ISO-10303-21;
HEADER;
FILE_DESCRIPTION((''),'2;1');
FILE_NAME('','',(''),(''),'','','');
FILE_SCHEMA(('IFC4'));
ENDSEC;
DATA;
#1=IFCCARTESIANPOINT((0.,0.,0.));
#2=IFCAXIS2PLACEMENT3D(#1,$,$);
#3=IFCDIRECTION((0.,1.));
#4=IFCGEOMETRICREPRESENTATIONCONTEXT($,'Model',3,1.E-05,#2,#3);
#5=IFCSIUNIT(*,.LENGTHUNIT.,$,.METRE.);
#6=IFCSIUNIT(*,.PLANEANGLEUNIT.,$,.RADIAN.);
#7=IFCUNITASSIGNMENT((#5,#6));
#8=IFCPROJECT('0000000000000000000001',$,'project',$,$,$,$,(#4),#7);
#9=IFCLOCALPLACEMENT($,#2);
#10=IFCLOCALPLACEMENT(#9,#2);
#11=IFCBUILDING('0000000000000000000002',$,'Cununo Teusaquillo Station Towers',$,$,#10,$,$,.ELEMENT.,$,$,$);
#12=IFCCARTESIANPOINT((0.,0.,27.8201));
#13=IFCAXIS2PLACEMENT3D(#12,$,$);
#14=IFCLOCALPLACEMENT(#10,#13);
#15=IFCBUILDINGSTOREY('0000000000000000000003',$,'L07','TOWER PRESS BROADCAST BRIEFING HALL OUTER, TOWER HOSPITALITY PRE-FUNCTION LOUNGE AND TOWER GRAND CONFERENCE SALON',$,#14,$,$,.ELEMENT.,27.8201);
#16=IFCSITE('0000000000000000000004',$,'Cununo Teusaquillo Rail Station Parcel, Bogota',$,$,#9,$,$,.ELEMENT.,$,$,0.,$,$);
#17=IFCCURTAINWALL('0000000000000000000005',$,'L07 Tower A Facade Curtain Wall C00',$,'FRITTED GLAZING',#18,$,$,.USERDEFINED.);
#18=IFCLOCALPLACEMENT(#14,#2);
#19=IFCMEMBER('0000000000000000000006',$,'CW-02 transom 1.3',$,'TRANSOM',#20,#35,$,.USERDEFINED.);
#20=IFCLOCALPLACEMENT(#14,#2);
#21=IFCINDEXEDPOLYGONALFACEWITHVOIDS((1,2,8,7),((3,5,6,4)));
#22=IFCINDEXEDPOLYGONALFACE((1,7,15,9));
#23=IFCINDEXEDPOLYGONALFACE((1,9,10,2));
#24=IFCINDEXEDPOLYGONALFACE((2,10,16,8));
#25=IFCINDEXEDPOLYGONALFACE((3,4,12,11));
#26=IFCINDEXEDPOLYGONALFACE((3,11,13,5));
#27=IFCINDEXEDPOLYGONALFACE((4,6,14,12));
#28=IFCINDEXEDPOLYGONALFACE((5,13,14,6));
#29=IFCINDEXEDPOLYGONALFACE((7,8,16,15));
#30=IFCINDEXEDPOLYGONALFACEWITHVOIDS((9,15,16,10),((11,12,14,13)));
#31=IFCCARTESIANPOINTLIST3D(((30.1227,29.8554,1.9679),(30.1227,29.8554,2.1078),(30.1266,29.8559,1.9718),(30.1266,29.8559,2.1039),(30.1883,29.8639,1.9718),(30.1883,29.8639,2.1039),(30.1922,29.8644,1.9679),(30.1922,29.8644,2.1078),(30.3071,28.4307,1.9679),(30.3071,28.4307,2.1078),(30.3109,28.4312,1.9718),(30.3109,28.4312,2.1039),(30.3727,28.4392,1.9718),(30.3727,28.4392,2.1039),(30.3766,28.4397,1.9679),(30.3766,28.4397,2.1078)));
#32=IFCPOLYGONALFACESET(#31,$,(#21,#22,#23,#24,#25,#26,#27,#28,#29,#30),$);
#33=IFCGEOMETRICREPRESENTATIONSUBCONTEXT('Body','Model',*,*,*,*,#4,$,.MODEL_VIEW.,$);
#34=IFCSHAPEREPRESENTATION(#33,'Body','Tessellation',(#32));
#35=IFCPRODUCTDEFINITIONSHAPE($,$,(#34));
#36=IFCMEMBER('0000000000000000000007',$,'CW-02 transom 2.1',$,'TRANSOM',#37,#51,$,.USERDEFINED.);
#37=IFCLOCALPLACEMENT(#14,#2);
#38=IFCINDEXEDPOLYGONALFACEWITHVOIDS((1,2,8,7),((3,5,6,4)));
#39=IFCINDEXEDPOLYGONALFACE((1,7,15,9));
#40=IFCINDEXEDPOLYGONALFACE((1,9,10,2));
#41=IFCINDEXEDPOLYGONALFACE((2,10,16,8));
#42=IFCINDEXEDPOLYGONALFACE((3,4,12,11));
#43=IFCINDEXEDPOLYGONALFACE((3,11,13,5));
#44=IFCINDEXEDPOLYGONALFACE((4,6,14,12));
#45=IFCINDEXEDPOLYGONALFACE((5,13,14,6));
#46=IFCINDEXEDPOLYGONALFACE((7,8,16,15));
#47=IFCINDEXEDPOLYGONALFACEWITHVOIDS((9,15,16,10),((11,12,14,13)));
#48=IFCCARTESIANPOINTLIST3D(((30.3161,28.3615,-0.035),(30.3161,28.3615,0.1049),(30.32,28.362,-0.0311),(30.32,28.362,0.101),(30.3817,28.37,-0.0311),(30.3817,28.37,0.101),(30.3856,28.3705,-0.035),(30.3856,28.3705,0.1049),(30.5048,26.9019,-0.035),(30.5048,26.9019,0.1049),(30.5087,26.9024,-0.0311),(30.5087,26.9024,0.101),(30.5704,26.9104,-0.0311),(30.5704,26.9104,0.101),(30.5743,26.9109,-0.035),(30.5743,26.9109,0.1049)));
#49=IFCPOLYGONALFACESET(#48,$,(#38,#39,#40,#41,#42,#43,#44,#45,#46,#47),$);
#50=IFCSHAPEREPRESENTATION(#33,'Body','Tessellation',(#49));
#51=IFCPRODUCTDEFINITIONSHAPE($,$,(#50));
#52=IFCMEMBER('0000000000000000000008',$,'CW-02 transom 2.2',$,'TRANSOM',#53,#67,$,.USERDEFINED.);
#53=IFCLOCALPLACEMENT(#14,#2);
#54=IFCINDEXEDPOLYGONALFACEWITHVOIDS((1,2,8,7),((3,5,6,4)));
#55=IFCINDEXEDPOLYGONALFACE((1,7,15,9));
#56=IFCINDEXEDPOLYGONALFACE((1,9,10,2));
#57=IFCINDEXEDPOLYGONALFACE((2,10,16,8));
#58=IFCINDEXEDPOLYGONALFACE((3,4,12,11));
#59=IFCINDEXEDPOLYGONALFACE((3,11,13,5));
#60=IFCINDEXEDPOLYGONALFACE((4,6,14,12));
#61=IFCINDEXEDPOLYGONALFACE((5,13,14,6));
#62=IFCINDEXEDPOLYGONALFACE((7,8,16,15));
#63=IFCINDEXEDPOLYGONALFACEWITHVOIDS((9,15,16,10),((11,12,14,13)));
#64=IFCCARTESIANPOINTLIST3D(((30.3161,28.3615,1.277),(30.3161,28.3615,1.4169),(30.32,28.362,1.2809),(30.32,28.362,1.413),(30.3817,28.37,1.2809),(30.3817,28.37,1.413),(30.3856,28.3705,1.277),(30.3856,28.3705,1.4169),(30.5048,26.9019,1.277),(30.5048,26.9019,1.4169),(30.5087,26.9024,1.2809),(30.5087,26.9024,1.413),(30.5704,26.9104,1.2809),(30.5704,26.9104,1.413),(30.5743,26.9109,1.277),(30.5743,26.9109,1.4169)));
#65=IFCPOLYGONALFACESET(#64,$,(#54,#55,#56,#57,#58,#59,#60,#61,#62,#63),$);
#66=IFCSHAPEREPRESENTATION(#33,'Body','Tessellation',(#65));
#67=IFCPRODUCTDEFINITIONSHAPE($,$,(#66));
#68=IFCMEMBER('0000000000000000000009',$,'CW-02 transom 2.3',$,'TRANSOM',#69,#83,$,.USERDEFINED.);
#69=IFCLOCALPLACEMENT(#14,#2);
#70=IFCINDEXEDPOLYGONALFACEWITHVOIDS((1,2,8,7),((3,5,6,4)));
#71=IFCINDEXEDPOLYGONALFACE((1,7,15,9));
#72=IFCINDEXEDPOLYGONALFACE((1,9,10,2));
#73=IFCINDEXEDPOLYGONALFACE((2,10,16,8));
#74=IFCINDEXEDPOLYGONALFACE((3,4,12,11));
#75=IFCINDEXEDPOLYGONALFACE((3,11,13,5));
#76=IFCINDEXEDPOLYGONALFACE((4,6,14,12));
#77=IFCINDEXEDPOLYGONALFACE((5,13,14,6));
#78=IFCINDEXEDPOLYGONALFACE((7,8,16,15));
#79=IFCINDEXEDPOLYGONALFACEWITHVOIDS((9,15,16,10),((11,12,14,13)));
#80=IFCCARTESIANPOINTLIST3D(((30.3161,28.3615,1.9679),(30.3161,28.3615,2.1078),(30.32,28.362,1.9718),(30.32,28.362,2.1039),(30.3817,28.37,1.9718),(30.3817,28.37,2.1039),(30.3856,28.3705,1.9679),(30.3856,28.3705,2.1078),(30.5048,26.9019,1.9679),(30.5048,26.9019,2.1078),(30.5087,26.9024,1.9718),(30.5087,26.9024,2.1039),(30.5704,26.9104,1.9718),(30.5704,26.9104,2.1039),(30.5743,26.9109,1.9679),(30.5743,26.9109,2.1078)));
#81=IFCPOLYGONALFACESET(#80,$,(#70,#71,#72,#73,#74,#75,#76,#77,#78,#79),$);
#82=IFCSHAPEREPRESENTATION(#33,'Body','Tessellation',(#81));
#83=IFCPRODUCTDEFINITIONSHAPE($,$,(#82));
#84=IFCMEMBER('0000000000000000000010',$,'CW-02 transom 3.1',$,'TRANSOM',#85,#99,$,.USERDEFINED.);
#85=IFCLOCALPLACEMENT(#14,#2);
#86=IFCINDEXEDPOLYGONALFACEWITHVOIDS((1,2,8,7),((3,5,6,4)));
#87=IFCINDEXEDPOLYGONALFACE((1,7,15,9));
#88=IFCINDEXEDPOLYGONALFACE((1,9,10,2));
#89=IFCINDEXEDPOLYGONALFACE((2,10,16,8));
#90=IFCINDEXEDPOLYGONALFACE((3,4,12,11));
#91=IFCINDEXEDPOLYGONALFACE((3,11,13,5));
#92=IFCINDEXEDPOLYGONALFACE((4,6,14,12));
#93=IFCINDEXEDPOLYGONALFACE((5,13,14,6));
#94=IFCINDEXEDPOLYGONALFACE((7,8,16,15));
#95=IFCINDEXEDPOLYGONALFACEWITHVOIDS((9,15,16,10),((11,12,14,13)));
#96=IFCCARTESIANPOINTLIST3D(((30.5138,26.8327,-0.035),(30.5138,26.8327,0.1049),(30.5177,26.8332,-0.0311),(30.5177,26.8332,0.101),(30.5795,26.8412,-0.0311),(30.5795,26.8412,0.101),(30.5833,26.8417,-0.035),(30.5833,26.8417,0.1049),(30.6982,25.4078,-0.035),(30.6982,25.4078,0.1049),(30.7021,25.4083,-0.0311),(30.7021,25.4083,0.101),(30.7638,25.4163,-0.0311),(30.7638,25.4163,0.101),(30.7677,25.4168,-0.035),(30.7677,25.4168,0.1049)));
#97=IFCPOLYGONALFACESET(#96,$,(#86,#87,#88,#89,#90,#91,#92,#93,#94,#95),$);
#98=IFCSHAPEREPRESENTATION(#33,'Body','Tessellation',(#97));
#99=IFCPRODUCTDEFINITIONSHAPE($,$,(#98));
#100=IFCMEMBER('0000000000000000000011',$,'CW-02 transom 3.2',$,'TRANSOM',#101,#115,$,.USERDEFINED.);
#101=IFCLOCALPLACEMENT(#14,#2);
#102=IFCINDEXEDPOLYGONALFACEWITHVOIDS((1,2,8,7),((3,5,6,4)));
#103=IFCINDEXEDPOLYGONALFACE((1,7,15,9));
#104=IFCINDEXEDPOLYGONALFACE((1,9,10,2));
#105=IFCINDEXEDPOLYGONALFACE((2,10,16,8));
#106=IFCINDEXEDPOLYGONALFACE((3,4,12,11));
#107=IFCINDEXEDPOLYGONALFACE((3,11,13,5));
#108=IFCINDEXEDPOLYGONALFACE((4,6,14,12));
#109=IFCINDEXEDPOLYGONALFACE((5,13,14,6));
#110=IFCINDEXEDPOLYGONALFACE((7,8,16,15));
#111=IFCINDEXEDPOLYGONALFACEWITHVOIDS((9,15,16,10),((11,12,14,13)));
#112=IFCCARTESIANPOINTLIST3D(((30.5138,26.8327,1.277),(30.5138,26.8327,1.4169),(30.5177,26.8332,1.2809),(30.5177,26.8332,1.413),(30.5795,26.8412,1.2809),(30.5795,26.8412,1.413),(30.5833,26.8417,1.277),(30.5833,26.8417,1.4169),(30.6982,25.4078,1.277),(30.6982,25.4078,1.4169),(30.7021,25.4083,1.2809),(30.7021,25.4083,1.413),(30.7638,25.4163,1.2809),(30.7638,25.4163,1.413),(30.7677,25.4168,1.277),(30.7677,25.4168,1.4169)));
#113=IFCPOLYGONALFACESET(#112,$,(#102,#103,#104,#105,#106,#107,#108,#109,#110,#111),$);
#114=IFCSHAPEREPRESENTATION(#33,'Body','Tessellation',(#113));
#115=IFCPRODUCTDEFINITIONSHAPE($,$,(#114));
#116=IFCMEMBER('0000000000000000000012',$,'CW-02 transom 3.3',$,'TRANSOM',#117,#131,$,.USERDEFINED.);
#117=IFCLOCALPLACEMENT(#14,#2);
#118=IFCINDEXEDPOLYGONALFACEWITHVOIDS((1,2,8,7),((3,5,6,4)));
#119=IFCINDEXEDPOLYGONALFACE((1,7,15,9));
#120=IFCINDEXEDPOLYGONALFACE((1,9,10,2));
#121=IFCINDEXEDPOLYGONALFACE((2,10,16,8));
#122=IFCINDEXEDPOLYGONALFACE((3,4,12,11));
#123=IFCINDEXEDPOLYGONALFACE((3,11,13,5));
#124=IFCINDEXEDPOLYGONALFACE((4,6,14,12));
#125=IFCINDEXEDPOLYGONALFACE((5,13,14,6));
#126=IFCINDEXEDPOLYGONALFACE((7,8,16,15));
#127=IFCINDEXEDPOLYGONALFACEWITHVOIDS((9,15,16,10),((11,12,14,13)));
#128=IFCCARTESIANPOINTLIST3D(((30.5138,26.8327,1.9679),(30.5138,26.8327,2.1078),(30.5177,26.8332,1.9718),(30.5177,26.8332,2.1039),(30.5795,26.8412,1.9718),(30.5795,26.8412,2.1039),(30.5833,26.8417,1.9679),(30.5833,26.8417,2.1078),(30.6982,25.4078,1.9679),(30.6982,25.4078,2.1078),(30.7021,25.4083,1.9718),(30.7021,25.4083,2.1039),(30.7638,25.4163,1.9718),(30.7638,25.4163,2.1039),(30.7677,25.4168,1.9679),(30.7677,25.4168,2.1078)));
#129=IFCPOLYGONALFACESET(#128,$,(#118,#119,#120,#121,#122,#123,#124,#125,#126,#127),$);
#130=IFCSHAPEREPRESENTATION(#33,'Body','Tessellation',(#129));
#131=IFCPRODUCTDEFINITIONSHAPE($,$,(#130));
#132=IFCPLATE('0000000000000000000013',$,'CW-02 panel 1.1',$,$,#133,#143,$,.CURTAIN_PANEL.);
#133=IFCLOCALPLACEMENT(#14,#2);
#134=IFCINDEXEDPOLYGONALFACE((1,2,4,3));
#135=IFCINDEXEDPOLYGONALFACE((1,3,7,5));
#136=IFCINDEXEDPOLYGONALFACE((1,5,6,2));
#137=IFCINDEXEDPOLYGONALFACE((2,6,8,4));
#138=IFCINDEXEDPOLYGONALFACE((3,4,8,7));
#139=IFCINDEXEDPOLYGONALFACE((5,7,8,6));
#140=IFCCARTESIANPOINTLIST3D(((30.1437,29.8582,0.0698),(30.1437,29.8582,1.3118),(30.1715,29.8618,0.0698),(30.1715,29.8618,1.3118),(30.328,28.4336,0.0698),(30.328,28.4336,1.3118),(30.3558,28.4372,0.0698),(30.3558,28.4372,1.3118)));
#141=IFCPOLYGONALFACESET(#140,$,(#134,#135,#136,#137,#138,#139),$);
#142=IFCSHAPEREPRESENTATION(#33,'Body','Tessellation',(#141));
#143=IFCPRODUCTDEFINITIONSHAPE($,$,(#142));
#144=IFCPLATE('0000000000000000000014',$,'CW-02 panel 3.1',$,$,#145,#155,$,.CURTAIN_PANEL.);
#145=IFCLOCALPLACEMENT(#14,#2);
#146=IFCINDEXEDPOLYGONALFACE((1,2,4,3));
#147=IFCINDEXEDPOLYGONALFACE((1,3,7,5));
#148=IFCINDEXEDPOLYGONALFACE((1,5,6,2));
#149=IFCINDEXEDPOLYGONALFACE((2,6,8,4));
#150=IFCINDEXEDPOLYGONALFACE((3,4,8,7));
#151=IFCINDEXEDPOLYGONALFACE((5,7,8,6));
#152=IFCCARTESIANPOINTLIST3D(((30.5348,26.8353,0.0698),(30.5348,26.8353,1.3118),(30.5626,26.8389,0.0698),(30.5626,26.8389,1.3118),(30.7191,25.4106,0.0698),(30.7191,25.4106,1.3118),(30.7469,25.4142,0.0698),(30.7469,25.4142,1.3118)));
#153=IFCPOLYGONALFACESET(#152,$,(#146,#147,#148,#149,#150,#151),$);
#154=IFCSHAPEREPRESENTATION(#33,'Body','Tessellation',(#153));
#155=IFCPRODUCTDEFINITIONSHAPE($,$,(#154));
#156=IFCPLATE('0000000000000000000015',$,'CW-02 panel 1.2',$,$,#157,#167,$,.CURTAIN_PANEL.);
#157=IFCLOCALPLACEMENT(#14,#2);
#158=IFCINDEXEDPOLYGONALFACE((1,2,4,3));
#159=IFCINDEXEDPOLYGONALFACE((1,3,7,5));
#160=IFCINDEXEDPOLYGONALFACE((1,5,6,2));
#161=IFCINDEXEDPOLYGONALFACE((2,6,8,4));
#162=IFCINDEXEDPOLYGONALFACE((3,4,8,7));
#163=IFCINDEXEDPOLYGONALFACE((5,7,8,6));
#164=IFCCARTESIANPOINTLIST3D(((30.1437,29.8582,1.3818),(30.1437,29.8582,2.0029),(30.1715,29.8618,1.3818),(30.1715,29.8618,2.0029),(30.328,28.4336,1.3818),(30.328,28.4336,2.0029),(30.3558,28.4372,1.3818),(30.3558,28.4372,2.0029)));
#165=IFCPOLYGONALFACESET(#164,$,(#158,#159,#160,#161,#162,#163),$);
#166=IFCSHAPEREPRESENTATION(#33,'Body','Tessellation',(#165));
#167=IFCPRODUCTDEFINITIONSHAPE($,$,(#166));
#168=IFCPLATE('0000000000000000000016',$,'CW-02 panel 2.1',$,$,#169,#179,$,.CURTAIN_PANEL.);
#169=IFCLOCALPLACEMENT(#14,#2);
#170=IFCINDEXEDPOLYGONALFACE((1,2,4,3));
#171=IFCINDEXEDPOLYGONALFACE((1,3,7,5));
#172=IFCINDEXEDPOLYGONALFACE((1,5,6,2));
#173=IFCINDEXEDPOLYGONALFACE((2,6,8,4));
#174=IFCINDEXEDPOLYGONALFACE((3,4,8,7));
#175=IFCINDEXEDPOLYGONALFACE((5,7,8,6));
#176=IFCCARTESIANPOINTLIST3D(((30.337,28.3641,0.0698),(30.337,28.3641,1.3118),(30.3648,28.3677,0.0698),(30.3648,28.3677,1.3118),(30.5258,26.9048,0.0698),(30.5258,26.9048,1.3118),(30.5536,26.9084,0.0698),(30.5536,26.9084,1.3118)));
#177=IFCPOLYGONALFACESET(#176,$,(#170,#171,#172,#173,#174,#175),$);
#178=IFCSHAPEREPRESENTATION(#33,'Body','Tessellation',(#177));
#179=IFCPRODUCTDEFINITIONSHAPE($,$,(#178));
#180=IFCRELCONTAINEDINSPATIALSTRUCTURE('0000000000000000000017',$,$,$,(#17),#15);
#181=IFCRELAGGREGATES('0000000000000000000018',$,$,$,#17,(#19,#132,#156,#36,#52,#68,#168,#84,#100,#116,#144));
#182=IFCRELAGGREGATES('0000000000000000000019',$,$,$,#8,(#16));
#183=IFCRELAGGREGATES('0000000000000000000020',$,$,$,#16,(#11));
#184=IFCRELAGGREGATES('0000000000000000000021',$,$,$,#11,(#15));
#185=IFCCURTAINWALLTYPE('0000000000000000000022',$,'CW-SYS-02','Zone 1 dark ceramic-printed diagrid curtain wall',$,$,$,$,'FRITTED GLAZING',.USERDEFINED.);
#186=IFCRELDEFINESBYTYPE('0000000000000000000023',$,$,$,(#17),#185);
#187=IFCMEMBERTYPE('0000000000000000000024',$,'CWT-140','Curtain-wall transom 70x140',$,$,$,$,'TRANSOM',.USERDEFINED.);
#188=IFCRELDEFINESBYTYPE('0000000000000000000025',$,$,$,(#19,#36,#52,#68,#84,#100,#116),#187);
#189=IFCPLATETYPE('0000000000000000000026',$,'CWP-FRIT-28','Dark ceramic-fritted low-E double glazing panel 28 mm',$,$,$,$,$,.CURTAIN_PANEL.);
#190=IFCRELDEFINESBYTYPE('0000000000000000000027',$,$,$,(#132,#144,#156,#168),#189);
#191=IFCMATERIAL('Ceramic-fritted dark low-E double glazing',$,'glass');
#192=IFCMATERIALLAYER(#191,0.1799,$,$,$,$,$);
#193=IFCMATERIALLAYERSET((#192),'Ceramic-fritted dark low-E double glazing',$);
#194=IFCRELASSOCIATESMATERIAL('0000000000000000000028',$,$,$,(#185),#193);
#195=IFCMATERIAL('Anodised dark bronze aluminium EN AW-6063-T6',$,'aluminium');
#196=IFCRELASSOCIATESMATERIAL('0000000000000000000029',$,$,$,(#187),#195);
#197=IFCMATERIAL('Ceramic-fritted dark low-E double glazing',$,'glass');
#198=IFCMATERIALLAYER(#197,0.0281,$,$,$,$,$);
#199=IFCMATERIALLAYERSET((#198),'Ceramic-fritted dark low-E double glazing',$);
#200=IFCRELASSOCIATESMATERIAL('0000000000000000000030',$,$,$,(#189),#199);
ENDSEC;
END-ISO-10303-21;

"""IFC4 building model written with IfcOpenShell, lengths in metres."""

from ifc_helpers import new_model, si_unit, direction, frame, origin, origin_2d, place, context, subcontext, project, spatial, rectangle, hollow_rectangle, extrude, source, transform, mapped, material, layer, layer_set, material_profile, profile_set, type_object, element, aggregate, save


model = new_model("IFC4")

# Units and contexts
model_context = context("Model", 3, precision=1e-05, world=origin(), true_north=direction((0.0, 1.0)))
body_context = subcontext(model_context, "Body", "Model", "MODEL_VIEW")
ifc_project = project(units=[si_unit("LENGTHUNIT", "METRE"), si_unit("PLANEANGLEUNIT", "RADIAN")], contexts=[model_context])

# Site, building, storey
site_placement = place(None, origin())
site = spatial("IfcSite", under=ifc_project, at=site_placement, Name="Cununo Teusaquillo Rail Station Parcel, Bogota", CompositionType="ELEMENT", RefElevation=0.0)
building_placement = place(site_placement, origin())
building = spatial("IfcBuilding", under=site, at=building_placement, Name="Cununo Teusaquillo Station Towers", CompositionType="ELEMENT")
storey_placement = place(building_placement, frame((0.0, 0.0, 27.8201)))
storey = spatial("IfcBuildingStorey", under=building, at=storey_placement, Name="L07", Description="TOWER PRESS BROADCAST BRIEFING HALL OUTER, TOWER HOSPITALITY PRE-FUNCTION LOUNGE AND TOWER GRAND CONFERENCE SALON", CompositionType="ELEMENT", Elevation=27.8201)

# Curtain wall, members, plates
ifc_material_1 = material(Name="Ceramic-fritted dark low-E double glazing", Category="glass")
ifc_layer_1 = layer(ifc_material_1, 0.1799)
ifc_layer_set_1 = layer_set([ifc_layer_1], Name="Ceramic-fritted dark low-E double glazing")
curtain_wall_type = type_object("IfcCurtainWallType", Name="CW-SYS-02", Description="Zone 1 dark ceramic-printed diagrid curtain wall", ElementType="FRITTED GLAZING", PredefinedType="USERDEFINED", material=ifc_layer_set_1)
curtain_wall_placement = place(storey_placement, origin())
curtain_wall = element("IfcCurtainWall", 1, at=curtain_wall_placement, inside=storey, type_object=curtain_wall_type, Name="L07 Tower A Facade Curtain Wall C00", ObjectType="FRITTED GLAZING", PredefinedType="USERDEFINED")
ifc_material_2 = material(Name="Anodised dark bronze aluminium EN AW-6063-T6", Category="aluminium")
ifc_material_profile_1 = material_profile(ifc_material_2, hollow_rectangle(XDim=0.0701, YDim=0.1399, WallThickness=0.0039, at=origin_2d()), Name="CW-TRAN-70x140")
ifc_profile_set_1 = profile_set([ifc_material_profile_1], Name="Anodised dark bronze aluminium EN AW-6063-T6")
member_type_1 = type_object("IfcMemberType", Name="CWT-140", Description="Curtain-wall transom 70x140", ElementType="TRANSOM", PredefinedType="USERDEFINED", material=ifc_profile_set_1)
member_1_placement = place(storey_placement, frame((30.1575, 29.8599, 2.0378), z_axis=(0.128322, -0.991733, 0.0), x_axis=(0.991733, 0.128322, 0.0)))
member_1 = element("IfcMember", 2, at=member_1_placement, type_object=member_type_1, Name="CW-02 transom 1.3", ObjectType="TRANSOM", PredefinedType="USERDEFINED", context=body_context, shape_type="SweptSolid", body=[
    extrude(hollow_rectangle(XDim=0.0701, YDim=0.1399, WallThickness=0.0039, at=origin_2d()), origin(), (0.0, 0.0, 1.0), 1.4365),
])
member_2_placement = place(storey_placement, frame((30.3508, 28.366, 0.0349), z_axis=(0.12824, -0.991743, 0.0), x_axis=(0.991743, 0.12824, 0.0)))
member_2 = element("IfcMember", 3, at=member_2_placement, type_object=member_type_1, Name="CW-02 transom 2.1", ObjectType="TRANSOM", PredefinedType="USERDEFINED", context=body_context, shape_type="SweptSolid", body=[
    extrude(hollow_rectangle(XDim=0.0701, YDim=0.1399, WallThickness=0.0039, at=origin_2d()), origin(), (0.0, 0.0, 1.0), 1.4717),
])
member_3_placement = place(storey_placement, frame((30.3508, 28.366, 1.3469), z_axis=(0.12824, -0.991743, 0.0), x_axis=(0.991743, 0.12824, 0.0)))
member_3 = element("IfcMember", 4, at=member_3_placement, type_object=member_type_1, Name="CW-02 transom 2.2", ObjectType="TRANSOM", PredefinedType="USERDEFINED", context=body_context, shape_type="SweptSolid", body=[
    extrude(hollow_rectangle(XDim=0.0701, YDim=0.1399, WallThickness=0.0039, at=origin_2d()), origin(), (0.0, 0.0, 1.0), 1.4717),
])
member_4_placement = place(storey_placement, frame((30.3508, 28.366, 2.0378), z_axis=(0.12824, -0.991743, 0.0), x_axis=(0.991743, 0.12824, 0.0)))
member_4 = element("IfcMember", 5, at=member_4_placement, type_object=member_type_1, Name="CW-02 transom 2.3", ObjectType="TRANSOM", PredefinedType="USERDEFINED", context=body_context, shape_type="SweptSolid", body=[
    extrude(hollow_rectangle(XDim=0.0701, YDim=0.1399, WallThickness=0.0039, at=origin_2d()), origin(), (0.0, 0.0, 1.0), 1.4717),
])
member_5_placement = place(storey_placement, frame((30.5486, 26.8372, 0.0349), z_axis=(0.1283, -0.991735, 0.0), x_axis=(0.991735, 0.1283, 0.0)))
member_5 = element("IfcMember", 6, at=member_5_placement, type_object=member_type_1, Name="CW-02 transom 3.1", ObjectType="TRANSOM", PredefinedType="USERDEFINED", context=body_context, shape_type="SweptSolid", body=[
    extrude(hollow_rectangle(XDim=0.0701, YDim=0.1399, WallThickness=0.0039, at=origin_2d()), origin(), (0.0, 0.0, 1.0), 1.4368),
])
member_6_placement = place(storey_placement, frame((30.5486, 26.8372, 1.3469), z_axis=(0.1283, -0.991735, 0.0), x_axis=(0.991735, 0.1283, 0.0)))
member_6 = element("IfcMember", 7, at=member_6_placement, type_object=member_type_1, Name="CW-02 transom 3.2", ObjectType="TRANSOM", PredefinedType="USERDEFINED", context=body_context, shape_type="SweptSolid", body=[
    extrude(hollow_rectangle(XDim=0.0701, YDim=0.1399, WallThickness=0.0039, at=origin_2d()), origin(), (0.0, 0.0, 1.0), 1.4368),
])
member_7_placement = place(storey_placement, frame((30.5486, 26.8372, 2.0378), z_axis=(0.1283, -0.991735, 0.0), x_axis=(0.991735, 0.1283, 0.0)))
member_7 = element("IfcMember", 8, at=member_7_placement, type_object=member_type_1, Name="CW-02 transom 3.3", ObjectType="TRANSOM", PredefinedType="USERDEFINED", context=body_context, shape_type="SweptSolid", body=[
    extrude(hollow_rectangle(XDim=0.0701, YDim=0.1399, WallThickness=0.0039, at=origin_2d()), origin(), (0.0, 0.0, 1.0), 1.4368),
])
ifc_material_3 = material(Name="Ceramic-fritted dark low-E double glazing", Category="glass")
ifc_layer_2 = layer(ifc_material_3, 0.0281)
ifc_layer_set_2 = layer_set([ifc_layer_2], Name="Ceramic-fritted dark low-E double glazing")
plate_type = type_object("IfcPlateType", Name="CWP-FRIT-28", Description="Dark ceramic-fritted low-E double glazing panel 28 mm", PredefinedType="CURTAIN_PANEL", material=ifc_layer_set_2)
shared_shape_1 = source(origin(), body_context, "Body", "SweptSolid", [
    extrude(rectangle(XDim=1.4365, YDim=0.0281, at=origin_2d()), origin(), (0.0, 0.0, 1.0), 1.2419),
])
plate_1_placement = place(storey_placement, frame((30.2498, 29.1477, 0.0698), z_axis=(0.0, 0.0, 1.0), x_axis=(0.128292, -0.991736, 0.0)))
plate_1 = element("IfcPlate", 9, at=plate_1_placement, type_object=plate_type, Name="CW-02 panel 1.1", PredefinedType="CURTAIN_PANEL", context=body_context, shape_type="MappedRepresentation", body=[
    mapped(shared_shape_1, transform((0.0, 0.0, 0.0), x_axis=(1.0, 0.0, 0.0), y_axis=(0.0, 1.0, 0.0), z_axis=(0.0, 0.0, 1.0), scale=1.0)),
])
plate_2_placement = place(storey_placement, frame((30.6409, 26.1248, 0.0698), z_axis=(0.0, 0.0, 1.0), x_axis=(0.128292, -0.991736, 0.0)))
plate_2 = element("IfcPlate", 10, at=plate_2_placement, type_object=plate_type, Name="CW-02 panel 3.1", PredefinedType="CURTAIN_PANEL", context=body_context, shape_type="MappedRepresentation", body=[
    mapped(shared_shape_1, transform((0.0, 0.0, 0.0), x_axis=(1.0, 0.0, 0.0), y_axis=(0.0, 1.0, 0.0), z_axis=(0.0, 0.0, 1.0), scale=1.0)),
])
shared_shape_2 = source(origin(), body_context, "Body", "SweptSolid", [
    extrude(rectangle(XDim=1.4365, YDim=0.0281, at=origin_2d()), origin(), (0.0, 0.0, 1.0), 0.6211),
])
plate_3_placement = place(storey_placement, frame((30.2498, 29.1477, 1.3818), z_axis=(0.0, 0.0, 1.0), x_axis=(0.128292, -0.991736, 0.0)))
plate_3 = element("IfcPlate", 11, at=plate_3_placement, type_object=plate_type, Name="CW-02 panel 1.2", PredefinedType="CURTAIN_PANEL", context=body_context, shape_type="MappedRepresentation", body=[
    mapped(shared_shape_2, transform((0.0, 0.0, 0.0), x_axis=(1.0, 0.0, 0.0), y_axis=(0.0, 1.0, 0.0), z_axis=(0.0, 0.0, 1.0), scale=1.0)),
])
shared_shape_3 = source(origin(), body_context, "Body", "SweptSolid", [
    extrude(rectangle(XDim=1.4714, YDim=0.0281, at=origin_2d()), origin(), (0.0, 0.0, 1.0), 1.2419),
])
plate_4_placement = place(storey_placement, frame((30.4453, 27.6362, 0.0698), z_axis=(0.0, 0.0, 1.0), x_axis=(0.128292, -0.991736, 0.0)))
plate_4 = element("IfcPlate", 12, at=plate_4_placement, type_object=plate_type, Name="CW-02 panel 2.1", PredefinedType="CURTAIN_PANEL", context=body_context, shape_type="MappedRepresentation", body=[
    mapped(shared_shape_3, transform((0.0, 0.0, 0.0), x_axis=(1.0, 0.0, 0.0), y_axis=(0.0, 1.0, 0.0), z_axis=(0.0, 0.0, 1.0), scale=1.0)),
])
aggregate(curtain_wall, [member_1, plate_1, plate_3, member_2, member_3, member_4, plate_4, member_5, member_6, member_7, plate_2])

save(model, "model.ifc")
